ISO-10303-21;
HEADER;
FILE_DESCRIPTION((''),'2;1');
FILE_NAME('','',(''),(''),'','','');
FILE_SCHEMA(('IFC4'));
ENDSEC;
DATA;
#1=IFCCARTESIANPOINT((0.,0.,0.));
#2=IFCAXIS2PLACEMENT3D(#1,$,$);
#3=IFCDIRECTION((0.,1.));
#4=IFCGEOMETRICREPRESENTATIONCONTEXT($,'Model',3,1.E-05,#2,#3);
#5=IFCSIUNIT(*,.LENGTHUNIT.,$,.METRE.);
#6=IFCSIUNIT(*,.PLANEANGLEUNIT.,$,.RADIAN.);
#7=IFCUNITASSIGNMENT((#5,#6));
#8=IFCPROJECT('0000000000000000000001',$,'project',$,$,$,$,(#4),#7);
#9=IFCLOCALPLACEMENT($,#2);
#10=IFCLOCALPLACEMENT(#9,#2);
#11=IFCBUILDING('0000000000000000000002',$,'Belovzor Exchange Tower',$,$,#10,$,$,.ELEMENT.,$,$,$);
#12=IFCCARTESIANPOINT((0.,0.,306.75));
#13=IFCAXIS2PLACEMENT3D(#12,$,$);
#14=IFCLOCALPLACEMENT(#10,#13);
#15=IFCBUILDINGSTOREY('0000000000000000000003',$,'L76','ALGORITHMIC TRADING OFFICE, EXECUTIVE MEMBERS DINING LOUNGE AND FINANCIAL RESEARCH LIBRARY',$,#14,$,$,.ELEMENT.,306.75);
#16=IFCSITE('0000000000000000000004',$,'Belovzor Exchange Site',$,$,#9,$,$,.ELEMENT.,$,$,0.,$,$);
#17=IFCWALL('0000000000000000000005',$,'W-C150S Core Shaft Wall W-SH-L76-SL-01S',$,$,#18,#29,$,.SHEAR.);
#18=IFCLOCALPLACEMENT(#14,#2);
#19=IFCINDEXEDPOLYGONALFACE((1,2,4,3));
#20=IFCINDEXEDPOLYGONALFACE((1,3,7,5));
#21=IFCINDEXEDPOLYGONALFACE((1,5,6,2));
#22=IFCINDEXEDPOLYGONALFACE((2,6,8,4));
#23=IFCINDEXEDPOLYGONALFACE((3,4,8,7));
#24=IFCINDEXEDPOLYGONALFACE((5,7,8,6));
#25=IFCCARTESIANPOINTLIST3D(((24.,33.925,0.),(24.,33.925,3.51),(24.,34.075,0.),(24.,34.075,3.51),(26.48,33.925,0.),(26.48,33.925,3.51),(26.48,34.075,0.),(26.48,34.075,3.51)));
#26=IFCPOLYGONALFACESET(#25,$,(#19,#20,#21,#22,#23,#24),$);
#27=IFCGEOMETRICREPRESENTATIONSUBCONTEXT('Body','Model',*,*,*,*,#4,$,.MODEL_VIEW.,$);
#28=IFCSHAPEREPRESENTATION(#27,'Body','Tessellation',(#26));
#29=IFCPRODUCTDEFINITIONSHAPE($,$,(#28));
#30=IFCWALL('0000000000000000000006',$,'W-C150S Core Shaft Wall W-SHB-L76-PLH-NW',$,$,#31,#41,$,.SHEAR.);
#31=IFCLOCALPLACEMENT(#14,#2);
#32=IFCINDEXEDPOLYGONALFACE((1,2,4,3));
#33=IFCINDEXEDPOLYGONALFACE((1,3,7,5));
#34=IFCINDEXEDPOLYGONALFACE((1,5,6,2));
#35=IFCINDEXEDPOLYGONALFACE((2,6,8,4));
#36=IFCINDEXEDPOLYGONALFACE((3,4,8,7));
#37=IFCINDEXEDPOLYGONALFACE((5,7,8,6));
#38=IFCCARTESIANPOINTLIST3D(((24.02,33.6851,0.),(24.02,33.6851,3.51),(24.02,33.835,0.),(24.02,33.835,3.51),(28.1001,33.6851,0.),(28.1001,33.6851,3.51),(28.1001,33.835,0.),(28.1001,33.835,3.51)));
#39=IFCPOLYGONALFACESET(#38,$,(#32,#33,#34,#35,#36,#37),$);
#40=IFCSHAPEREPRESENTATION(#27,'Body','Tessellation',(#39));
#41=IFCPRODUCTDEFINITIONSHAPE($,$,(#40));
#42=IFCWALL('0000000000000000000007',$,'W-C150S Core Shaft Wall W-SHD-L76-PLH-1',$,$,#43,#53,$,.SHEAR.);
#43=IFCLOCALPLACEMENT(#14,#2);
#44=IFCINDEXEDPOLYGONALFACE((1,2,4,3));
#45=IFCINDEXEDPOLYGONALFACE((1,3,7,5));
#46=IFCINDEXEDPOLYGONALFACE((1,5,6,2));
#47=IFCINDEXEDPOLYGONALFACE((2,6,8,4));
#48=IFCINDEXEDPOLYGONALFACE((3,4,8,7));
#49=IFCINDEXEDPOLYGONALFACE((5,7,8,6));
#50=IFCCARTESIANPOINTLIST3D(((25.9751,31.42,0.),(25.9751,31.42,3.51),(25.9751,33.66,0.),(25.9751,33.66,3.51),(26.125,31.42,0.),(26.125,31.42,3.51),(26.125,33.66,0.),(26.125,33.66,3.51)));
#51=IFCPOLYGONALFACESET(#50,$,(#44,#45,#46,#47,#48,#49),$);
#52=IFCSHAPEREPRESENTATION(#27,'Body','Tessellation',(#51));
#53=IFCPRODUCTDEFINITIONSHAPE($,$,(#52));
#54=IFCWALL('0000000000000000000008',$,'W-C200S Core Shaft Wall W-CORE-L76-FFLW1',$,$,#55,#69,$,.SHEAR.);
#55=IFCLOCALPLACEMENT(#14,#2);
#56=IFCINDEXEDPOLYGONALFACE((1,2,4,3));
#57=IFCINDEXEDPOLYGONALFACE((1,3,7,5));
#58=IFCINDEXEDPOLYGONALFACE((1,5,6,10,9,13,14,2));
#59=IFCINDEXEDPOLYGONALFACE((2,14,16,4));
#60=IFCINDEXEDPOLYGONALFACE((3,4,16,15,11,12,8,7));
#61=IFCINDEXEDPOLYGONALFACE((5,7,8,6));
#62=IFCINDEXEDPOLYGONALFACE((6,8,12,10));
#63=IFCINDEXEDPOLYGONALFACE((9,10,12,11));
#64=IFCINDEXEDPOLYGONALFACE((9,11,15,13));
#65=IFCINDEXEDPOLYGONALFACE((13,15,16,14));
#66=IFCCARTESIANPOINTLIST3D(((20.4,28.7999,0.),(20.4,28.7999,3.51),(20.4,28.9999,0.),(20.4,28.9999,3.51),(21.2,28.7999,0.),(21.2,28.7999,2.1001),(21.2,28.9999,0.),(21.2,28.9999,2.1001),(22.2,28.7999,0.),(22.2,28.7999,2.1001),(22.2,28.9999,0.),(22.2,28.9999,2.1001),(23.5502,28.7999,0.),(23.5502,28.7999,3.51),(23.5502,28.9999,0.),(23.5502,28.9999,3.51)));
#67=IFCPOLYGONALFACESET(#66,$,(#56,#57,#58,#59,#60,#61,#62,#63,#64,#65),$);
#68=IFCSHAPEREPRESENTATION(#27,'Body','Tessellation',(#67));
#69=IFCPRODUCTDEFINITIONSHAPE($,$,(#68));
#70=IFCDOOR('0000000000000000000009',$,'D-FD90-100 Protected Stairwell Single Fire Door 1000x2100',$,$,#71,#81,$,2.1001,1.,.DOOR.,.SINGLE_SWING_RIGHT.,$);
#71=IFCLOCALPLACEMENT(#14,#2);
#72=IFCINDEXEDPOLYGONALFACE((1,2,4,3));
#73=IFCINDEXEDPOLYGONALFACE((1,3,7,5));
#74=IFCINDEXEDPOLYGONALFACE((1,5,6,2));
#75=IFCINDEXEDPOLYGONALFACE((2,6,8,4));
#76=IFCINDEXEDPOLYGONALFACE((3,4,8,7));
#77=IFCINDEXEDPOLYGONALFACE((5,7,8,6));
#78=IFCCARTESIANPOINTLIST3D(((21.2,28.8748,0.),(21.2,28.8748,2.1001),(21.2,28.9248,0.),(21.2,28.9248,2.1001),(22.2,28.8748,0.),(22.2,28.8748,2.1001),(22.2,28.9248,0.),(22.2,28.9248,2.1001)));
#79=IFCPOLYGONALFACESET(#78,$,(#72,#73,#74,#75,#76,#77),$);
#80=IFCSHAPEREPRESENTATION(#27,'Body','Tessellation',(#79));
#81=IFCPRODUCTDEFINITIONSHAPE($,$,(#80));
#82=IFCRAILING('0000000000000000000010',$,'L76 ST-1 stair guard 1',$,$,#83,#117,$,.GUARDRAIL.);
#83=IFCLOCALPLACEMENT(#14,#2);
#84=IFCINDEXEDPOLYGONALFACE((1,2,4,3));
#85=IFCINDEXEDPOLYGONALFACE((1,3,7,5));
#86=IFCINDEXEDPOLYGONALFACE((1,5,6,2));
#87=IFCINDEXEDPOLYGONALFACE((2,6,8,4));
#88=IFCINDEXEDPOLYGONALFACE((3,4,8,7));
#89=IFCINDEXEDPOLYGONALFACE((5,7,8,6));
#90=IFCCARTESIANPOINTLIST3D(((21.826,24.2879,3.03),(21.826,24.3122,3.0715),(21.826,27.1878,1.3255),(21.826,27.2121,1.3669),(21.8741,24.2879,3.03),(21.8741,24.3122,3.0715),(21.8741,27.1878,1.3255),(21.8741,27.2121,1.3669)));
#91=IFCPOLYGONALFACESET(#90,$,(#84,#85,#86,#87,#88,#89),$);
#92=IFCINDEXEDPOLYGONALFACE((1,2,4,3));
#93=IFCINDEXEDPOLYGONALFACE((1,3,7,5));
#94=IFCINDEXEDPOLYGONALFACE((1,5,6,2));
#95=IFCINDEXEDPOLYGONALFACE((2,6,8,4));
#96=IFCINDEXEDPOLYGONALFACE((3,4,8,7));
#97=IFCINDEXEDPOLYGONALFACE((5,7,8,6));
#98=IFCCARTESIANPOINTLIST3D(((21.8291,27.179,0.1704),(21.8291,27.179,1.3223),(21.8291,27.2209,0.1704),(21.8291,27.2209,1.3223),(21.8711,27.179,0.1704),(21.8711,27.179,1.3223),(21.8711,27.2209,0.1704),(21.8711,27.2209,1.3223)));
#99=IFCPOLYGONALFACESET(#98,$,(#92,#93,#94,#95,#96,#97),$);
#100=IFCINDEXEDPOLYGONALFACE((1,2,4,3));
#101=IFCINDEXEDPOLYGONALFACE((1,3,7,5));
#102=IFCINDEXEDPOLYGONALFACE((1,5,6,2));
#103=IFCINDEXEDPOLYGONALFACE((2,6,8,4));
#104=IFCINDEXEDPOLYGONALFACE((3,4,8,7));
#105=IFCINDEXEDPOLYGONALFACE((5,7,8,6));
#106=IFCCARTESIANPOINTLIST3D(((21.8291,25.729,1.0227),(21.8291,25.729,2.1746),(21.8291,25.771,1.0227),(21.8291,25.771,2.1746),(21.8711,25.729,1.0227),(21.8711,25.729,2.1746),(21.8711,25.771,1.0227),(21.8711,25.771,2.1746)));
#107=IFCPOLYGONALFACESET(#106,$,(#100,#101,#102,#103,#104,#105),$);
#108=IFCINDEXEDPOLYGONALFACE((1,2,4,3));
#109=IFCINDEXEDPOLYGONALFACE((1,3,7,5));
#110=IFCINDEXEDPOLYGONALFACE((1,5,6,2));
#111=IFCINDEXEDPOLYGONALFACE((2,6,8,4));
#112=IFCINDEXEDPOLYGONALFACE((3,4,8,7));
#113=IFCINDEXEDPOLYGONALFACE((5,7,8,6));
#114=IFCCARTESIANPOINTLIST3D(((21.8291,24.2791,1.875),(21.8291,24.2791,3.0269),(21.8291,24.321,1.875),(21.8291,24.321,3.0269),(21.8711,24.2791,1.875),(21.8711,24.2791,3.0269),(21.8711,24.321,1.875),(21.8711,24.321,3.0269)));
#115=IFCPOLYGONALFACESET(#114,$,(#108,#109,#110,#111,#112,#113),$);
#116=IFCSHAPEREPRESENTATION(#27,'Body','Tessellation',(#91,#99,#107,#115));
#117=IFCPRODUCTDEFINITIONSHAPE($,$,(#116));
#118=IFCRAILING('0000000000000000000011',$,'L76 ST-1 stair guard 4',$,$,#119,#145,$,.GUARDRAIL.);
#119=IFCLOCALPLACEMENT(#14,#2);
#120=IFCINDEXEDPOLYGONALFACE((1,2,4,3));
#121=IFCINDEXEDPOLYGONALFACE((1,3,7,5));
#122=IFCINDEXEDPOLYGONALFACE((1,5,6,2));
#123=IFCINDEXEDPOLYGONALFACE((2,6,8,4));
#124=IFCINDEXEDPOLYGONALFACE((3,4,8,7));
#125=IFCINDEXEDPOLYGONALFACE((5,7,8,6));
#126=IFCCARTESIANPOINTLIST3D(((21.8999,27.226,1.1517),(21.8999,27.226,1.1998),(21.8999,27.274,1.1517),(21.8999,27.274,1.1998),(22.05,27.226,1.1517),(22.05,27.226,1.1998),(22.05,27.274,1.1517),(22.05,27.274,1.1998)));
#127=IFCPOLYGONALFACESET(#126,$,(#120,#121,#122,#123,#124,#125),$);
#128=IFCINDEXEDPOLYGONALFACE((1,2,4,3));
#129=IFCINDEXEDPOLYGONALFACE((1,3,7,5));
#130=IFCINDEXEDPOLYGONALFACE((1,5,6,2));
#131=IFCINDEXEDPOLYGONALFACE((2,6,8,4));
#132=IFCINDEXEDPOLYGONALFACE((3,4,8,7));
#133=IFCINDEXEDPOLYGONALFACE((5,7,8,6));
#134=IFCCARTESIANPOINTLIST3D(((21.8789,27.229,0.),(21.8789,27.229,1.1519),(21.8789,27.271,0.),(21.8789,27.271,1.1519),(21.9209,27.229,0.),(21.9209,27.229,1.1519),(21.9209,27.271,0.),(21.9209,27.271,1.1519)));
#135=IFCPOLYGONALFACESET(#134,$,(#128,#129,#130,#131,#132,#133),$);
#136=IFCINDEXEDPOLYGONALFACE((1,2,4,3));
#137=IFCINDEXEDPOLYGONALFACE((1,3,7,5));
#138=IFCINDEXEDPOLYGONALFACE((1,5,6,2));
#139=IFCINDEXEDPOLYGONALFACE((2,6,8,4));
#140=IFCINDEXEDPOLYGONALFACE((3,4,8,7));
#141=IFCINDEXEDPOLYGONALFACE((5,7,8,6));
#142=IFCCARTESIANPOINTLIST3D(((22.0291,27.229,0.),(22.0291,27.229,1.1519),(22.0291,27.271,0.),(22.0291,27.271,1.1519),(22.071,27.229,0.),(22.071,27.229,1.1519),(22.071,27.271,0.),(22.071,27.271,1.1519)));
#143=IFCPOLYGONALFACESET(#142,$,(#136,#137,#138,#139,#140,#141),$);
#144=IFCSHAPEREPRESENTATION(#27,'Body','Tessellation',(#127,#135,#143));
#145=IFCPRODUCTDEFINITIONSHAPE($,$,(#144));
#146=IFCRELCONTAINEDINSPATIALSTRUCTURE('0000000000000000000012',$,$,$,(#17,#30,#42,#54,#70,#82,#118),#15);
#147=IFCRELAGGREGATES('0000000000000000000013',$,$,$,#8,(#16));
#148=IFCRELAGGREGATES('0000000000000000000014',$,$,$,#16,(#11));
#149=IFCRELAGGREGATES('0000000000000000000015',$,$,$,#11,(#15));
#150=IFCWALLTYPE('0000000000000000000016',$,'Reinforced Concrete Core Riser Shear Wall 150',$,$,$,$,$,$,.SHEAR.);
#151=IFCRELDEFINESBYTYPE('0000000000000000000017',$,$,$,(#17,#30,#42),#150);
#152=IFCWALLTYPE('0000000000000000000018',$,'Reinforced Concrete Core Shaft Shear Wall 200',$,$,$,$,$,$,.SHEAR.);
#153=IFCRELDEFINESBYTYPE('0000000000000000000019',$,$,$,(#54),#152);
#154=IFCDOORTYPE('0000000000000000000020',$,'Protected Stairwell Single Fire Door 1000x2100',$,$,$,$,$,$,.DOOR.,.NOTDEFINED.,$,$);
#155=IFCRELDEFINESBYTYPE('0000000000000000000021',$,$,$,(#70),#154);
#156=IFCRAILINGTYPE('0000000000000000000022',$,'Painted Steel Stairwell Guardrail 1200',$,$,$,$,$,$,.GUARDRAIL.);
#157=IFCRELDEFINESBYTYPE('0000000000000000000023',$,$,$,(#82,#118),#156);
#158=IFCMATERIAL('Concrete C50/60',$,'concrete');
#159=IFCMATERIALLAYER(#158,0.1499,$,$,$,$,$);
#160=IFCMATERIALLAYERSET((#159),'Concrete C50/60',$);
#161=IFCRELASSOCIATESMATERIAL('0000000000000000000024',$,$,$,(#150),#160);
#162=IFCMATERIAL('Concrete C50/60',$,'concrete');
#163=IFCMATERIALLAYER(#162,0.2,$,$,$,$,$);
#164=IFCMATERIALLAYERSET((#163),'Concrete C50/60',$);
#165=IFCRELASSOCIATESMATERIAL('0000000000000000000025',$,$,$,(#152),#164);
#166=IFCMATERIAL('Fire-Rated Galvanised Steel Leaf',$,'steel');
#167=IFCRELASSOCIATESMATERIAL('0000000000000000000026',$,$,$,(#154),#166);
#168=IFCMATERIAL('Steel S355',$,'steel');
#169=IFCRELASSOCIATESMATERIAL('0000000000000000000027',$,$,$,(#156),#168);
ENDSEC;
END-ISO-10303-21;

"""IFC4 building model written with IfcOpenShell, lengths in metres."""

from ifc_helpers import new_model, si_unit, direction, frame, frame_2d, origin, origin_2d, place, context, subcontext, project, spatial, rectangle, extrude, material, layer, layer_set, type_object, element, fill, save


model = new_model("IFC4")

# Units and contexts
model_context = context("Model", 3, precision=1e-05, world=origin(), true_north=direction((0.0, 1.0)))
body_context = subcontext(model_context, "Body", "Model", "MODEL_VIEW")
ifc_project = project(units=[si_unit("LENGTHUNIT", "METRE"), si_unit("PLANEANGLEUNIT", "RADIAN")], contexts=[model_context])

# Site, building, storey
site_placement = place(None, origin())
site = spatial("IfcSite", under=ifc_project, at=site_placement, Name="Belovzor Exchange Site", CompositionType="ELEMENT", RefElevation=0.0)
building_placement = place(site_placement, origin())
building = spatial("IfcBuilding", under=site, at=building_placement, Name="Belovzor Exchange Tower", CompositionType="ELEMENT")
storey_placement = place(building_placement, frame((0.0, 0.0, 306.75)))
storey = spatial("IfcBuildingStorey", under=building, at=storey_placement, Name="L76", Description="ALGORITHMIC TRADING OFFICE, EXECUTIVE MEMBERS DINING LOUNGE AND FINANCIAL RESEARCH LIBRARY", CompositionType="ELEMENT", Elevation=306.75)

# Walls
ifc_material_1 = material(Name="Concrete C50/60", Category="concrete")
ifc_layer_1 = layer(ifc_material_1, 0.1499)
ifc_layer_set_1 = layer_set([ifc_layer_1], Name="Concrete C50/60")
wall_type_1 = type_object("IfcWallType", Name="Reinforced Concrete Core Riser Shear Wall 150", PredefinedType="SHEAR", material=ifc_layer_set_1)
wall_1_placement = place(storey_placement, frame((24.0, 34.0, 0.0), z_axis=(0.0, 0.0, 1.0), x_axis=(1.0, 0.0, 0.0)))
element("IfcWall", 1, at=wall_1_placement, inside=storey, type_object=wall_type_1, Name="W-C150S Core Shaft Wall W-SH-L76-SL-01S", PredefinedType="SHEAR", context=body_context, shape_type="SweptSolid", body=[
    extrude(rectangle(XDim=2.48, YDim=0.1499, at=frame_2d((1.24, 0.0))), origin(), (0.0, 0.0, 1.0), 3.51),
])
wall_2_placement = place(storey_placement, frame((24.02, 33.76, 0.0), z_axis=(0.0, 0.0, 1.0), x_axis=(1.0, 0.0, 0.0)))
element("IfcWall", 2, at=wall_2_placement, inside=storey, type_object=wall_type_1, Name="W-C150S Core Shaft Wall W-SHB-L76-PLH-NW", PredefinedType="SHEAR", context=body_context, shape_type="SweptSolid", body=[
    extrude(rectangle(XDim=4.0801, YDim=0.1499, at=frame_2d((2.04, 0.0))), origin(), (0.0, 0.0, 1.0), 3.51),
])
wall_3_placement = place(storey_placement, frame((26.05, 31.4199, 0.0), z_axis=(0.0, 0.0, 1.0), x_axis=(0.0, 1.0, 0.0)))
element("IfcWall", 3, at=wall_3_placement, inside=storey, type_object=wall_type_1, Name="W-C150S Core Shaft Wall W-SHD-L76-PLH-1", PredefinedType="SHEAR", context=body_context, shape_type="SweptSolid", body=[
    extrude(rectangle(XDim=2.24, YDim=0.1499, at=frame_2d((1.1201, 0.0))), origin(), (0.0, 0.0, 1.0), 3.51),
])

# Wall, opening, door
ifc_material_2 = material(Name="Concrete C50/60", Category="concrete")
ifc_layer_2 = layer(ifc_material_2, 0.2)
ifc_layer_set_2 = layer_set([ifc_layer_2], Name="Concrete C50/60")
wall_type_2 = type_object("IfcWallType", Name="Reinforced Concrete Core Shaft Shear Wall 200", PredefinedType="SHEAR", material=ifc_layer_set_2)
wall_4_placement = place(storey_placement, frame((20.3999, 28.8999, 0.0), z_axis=(0.0, 0.0, 1.0), x_axis=(1.0, 0.0, 0.0)))
wall_4 = element("IfcWall", 4, at=wall_4_placement, inside=storey, type_object=wall_type_2, Name="W-C200S Core Shaft Wall W-CORE-L76-FFLW1", PredefinedType="SHEAR", context=body_context, shape_type="SweptSolid", body=[
    extrude(rectangle(XDim=3.1501, YDim=0.2, at=frame_2d((1.5752, 0.0))), origin(), (0.0, 0.0, 1.0), 3.51),
])
opening_1_placement = place(wall_4_placement, frame((0.8, 0.0, 0.0)))
opening_1 = element("IfcOpeningElement", 5, at=opening_1_placement, cuts=wall_4, PredefinedType="OPENING", context=body_context, shape_type="SweptSolid", body=[
    extrude(rectangle(XDim=1.0, YDim=2.1001, at=frame_2d((0.5, 1.05))), frame((0.0, 0.1099, 0.0), z_axis=(0.0, -1.0, 0.0), x_axis=(1.0, 0.0, 0.0)), (0.0, 0.0, 1.0), 0.22),
])
ifc_material_3 = material(Name="Fire-Rated Galvanised Steel Leaf", Category="steel")
door_type_1 = type_object("IfcDoorType", Name="Protected Stairwell Single Fire Door 1000x2100", OperationType="NOTDEFINED", PredefinedType="DOOR", material=ifc_material_3)
door_1_placement = place(opening_1_placement, origin())
door_1 = element("IfcDoor", 6, at=door_1_placement, inside=storey, type_object=door_type_1, Name="D-FD90-100 Protected Stairwell Single Fire Door 1000x2100", OperationType="SINGLE_SWING_RIGHT", OverallHeight=2.1001, OverallWidth=1.0, PredefinedType="DOOR", context=body_context, shape_type="SweptSolid", body=[
    extrude(rectangle(XDim=1.0, YDim=2.1001, at=frame_2d((0.5, 1.05))), frame((0.0, 0.0249, 0.0), z_axis=(0.0, -1.0, 0.0), x_axis=(1.0, 0.0, 0.0)), (0.0, 0.0, 1.0), 0.05),
])
fill(opening_1, door_1)

# Railings
ifc_material_4 = material(Name="Steel S355", Category="steel")
railing_type = type_object("IfcRailingType", Name="Painted Steel Stairwell Guardrail 1200", PredefinedType="GUARDRAIL", material=ifc_material_4)
railing_1_placement = place(storey_placement, frame((21.8501, 27.2, 0.1704)))
element("IfcRailing", 7, at=railing_1_placement, inside=storey, type_object=railing_type, Name="L76 ST-1 stair guard 1", PredefinedType="GUARDRAIL", context=body_context, shape_type="SweptSolid", body=[
    extrude(rectangle(XDim=0.0481, YDim=0.0481, at=origin_2d()), frame((0.0, 0.0, 1.1758), z_axis=(0.0, -0.862095, 0.506747), x_axis=(1.0, 0.0, 0.0)), (0.0, 0.0, 1.0), 3.3638),
    extrude(rectangle(XDim=0.042, YDim=0.042, at=origin_2d()), origin(), (0.0, 0.0, 1.0), 1.1519),
    extrude(rectangle(XDim=0.042, YDim=0.042, at=origin_2d()), frame((0.0, -1.45, 0.8523)), (0.0, 0.0, 1.0), 1.1519),
    extrude(rectangle(XDim=0.042, YDim=0.042, at=origin_2d()), frame((0.0, -2.8999, 1.7046)), (0.0, 0.0, 1.0), 1.1519),
])
railing_2_placement = place(storey_placement, frame((21.8999, 27.25, 0.0)))
element("IfcRailing", 8, at=railing_2_placement, inside=storey, type_object=railing_type, Name="L76 ST-1 stair guard 4", PredefinedType="GUARDRAIL", context=body_context, shape_type="SweptSolid", body=[
    extrude(rectangle(XDim=0.0481, YDim=0.0481, at=origin_2d()), frame((0.0, 0.0, 1.1758), z_axis=(1.0, 0.0, 0.0), x_axis=(0.0, 1.0, 0.0)), (0.0, 0.0, 1.0), 0.1501),
    extrude(rectangle(XDim=0.042, YDim=0.042, at=origin_2d()), origin(), (0.0, 0.0, 1.0), 1.1519),
    extrude(rectangle(XDim=0.042, YDim=0.042, at=origin_2d()), frame((0.1501, 0.0, 0.0)), (0.0, 0.0, 1.0), 1.1519),
])

save(model, "model.ifc")
